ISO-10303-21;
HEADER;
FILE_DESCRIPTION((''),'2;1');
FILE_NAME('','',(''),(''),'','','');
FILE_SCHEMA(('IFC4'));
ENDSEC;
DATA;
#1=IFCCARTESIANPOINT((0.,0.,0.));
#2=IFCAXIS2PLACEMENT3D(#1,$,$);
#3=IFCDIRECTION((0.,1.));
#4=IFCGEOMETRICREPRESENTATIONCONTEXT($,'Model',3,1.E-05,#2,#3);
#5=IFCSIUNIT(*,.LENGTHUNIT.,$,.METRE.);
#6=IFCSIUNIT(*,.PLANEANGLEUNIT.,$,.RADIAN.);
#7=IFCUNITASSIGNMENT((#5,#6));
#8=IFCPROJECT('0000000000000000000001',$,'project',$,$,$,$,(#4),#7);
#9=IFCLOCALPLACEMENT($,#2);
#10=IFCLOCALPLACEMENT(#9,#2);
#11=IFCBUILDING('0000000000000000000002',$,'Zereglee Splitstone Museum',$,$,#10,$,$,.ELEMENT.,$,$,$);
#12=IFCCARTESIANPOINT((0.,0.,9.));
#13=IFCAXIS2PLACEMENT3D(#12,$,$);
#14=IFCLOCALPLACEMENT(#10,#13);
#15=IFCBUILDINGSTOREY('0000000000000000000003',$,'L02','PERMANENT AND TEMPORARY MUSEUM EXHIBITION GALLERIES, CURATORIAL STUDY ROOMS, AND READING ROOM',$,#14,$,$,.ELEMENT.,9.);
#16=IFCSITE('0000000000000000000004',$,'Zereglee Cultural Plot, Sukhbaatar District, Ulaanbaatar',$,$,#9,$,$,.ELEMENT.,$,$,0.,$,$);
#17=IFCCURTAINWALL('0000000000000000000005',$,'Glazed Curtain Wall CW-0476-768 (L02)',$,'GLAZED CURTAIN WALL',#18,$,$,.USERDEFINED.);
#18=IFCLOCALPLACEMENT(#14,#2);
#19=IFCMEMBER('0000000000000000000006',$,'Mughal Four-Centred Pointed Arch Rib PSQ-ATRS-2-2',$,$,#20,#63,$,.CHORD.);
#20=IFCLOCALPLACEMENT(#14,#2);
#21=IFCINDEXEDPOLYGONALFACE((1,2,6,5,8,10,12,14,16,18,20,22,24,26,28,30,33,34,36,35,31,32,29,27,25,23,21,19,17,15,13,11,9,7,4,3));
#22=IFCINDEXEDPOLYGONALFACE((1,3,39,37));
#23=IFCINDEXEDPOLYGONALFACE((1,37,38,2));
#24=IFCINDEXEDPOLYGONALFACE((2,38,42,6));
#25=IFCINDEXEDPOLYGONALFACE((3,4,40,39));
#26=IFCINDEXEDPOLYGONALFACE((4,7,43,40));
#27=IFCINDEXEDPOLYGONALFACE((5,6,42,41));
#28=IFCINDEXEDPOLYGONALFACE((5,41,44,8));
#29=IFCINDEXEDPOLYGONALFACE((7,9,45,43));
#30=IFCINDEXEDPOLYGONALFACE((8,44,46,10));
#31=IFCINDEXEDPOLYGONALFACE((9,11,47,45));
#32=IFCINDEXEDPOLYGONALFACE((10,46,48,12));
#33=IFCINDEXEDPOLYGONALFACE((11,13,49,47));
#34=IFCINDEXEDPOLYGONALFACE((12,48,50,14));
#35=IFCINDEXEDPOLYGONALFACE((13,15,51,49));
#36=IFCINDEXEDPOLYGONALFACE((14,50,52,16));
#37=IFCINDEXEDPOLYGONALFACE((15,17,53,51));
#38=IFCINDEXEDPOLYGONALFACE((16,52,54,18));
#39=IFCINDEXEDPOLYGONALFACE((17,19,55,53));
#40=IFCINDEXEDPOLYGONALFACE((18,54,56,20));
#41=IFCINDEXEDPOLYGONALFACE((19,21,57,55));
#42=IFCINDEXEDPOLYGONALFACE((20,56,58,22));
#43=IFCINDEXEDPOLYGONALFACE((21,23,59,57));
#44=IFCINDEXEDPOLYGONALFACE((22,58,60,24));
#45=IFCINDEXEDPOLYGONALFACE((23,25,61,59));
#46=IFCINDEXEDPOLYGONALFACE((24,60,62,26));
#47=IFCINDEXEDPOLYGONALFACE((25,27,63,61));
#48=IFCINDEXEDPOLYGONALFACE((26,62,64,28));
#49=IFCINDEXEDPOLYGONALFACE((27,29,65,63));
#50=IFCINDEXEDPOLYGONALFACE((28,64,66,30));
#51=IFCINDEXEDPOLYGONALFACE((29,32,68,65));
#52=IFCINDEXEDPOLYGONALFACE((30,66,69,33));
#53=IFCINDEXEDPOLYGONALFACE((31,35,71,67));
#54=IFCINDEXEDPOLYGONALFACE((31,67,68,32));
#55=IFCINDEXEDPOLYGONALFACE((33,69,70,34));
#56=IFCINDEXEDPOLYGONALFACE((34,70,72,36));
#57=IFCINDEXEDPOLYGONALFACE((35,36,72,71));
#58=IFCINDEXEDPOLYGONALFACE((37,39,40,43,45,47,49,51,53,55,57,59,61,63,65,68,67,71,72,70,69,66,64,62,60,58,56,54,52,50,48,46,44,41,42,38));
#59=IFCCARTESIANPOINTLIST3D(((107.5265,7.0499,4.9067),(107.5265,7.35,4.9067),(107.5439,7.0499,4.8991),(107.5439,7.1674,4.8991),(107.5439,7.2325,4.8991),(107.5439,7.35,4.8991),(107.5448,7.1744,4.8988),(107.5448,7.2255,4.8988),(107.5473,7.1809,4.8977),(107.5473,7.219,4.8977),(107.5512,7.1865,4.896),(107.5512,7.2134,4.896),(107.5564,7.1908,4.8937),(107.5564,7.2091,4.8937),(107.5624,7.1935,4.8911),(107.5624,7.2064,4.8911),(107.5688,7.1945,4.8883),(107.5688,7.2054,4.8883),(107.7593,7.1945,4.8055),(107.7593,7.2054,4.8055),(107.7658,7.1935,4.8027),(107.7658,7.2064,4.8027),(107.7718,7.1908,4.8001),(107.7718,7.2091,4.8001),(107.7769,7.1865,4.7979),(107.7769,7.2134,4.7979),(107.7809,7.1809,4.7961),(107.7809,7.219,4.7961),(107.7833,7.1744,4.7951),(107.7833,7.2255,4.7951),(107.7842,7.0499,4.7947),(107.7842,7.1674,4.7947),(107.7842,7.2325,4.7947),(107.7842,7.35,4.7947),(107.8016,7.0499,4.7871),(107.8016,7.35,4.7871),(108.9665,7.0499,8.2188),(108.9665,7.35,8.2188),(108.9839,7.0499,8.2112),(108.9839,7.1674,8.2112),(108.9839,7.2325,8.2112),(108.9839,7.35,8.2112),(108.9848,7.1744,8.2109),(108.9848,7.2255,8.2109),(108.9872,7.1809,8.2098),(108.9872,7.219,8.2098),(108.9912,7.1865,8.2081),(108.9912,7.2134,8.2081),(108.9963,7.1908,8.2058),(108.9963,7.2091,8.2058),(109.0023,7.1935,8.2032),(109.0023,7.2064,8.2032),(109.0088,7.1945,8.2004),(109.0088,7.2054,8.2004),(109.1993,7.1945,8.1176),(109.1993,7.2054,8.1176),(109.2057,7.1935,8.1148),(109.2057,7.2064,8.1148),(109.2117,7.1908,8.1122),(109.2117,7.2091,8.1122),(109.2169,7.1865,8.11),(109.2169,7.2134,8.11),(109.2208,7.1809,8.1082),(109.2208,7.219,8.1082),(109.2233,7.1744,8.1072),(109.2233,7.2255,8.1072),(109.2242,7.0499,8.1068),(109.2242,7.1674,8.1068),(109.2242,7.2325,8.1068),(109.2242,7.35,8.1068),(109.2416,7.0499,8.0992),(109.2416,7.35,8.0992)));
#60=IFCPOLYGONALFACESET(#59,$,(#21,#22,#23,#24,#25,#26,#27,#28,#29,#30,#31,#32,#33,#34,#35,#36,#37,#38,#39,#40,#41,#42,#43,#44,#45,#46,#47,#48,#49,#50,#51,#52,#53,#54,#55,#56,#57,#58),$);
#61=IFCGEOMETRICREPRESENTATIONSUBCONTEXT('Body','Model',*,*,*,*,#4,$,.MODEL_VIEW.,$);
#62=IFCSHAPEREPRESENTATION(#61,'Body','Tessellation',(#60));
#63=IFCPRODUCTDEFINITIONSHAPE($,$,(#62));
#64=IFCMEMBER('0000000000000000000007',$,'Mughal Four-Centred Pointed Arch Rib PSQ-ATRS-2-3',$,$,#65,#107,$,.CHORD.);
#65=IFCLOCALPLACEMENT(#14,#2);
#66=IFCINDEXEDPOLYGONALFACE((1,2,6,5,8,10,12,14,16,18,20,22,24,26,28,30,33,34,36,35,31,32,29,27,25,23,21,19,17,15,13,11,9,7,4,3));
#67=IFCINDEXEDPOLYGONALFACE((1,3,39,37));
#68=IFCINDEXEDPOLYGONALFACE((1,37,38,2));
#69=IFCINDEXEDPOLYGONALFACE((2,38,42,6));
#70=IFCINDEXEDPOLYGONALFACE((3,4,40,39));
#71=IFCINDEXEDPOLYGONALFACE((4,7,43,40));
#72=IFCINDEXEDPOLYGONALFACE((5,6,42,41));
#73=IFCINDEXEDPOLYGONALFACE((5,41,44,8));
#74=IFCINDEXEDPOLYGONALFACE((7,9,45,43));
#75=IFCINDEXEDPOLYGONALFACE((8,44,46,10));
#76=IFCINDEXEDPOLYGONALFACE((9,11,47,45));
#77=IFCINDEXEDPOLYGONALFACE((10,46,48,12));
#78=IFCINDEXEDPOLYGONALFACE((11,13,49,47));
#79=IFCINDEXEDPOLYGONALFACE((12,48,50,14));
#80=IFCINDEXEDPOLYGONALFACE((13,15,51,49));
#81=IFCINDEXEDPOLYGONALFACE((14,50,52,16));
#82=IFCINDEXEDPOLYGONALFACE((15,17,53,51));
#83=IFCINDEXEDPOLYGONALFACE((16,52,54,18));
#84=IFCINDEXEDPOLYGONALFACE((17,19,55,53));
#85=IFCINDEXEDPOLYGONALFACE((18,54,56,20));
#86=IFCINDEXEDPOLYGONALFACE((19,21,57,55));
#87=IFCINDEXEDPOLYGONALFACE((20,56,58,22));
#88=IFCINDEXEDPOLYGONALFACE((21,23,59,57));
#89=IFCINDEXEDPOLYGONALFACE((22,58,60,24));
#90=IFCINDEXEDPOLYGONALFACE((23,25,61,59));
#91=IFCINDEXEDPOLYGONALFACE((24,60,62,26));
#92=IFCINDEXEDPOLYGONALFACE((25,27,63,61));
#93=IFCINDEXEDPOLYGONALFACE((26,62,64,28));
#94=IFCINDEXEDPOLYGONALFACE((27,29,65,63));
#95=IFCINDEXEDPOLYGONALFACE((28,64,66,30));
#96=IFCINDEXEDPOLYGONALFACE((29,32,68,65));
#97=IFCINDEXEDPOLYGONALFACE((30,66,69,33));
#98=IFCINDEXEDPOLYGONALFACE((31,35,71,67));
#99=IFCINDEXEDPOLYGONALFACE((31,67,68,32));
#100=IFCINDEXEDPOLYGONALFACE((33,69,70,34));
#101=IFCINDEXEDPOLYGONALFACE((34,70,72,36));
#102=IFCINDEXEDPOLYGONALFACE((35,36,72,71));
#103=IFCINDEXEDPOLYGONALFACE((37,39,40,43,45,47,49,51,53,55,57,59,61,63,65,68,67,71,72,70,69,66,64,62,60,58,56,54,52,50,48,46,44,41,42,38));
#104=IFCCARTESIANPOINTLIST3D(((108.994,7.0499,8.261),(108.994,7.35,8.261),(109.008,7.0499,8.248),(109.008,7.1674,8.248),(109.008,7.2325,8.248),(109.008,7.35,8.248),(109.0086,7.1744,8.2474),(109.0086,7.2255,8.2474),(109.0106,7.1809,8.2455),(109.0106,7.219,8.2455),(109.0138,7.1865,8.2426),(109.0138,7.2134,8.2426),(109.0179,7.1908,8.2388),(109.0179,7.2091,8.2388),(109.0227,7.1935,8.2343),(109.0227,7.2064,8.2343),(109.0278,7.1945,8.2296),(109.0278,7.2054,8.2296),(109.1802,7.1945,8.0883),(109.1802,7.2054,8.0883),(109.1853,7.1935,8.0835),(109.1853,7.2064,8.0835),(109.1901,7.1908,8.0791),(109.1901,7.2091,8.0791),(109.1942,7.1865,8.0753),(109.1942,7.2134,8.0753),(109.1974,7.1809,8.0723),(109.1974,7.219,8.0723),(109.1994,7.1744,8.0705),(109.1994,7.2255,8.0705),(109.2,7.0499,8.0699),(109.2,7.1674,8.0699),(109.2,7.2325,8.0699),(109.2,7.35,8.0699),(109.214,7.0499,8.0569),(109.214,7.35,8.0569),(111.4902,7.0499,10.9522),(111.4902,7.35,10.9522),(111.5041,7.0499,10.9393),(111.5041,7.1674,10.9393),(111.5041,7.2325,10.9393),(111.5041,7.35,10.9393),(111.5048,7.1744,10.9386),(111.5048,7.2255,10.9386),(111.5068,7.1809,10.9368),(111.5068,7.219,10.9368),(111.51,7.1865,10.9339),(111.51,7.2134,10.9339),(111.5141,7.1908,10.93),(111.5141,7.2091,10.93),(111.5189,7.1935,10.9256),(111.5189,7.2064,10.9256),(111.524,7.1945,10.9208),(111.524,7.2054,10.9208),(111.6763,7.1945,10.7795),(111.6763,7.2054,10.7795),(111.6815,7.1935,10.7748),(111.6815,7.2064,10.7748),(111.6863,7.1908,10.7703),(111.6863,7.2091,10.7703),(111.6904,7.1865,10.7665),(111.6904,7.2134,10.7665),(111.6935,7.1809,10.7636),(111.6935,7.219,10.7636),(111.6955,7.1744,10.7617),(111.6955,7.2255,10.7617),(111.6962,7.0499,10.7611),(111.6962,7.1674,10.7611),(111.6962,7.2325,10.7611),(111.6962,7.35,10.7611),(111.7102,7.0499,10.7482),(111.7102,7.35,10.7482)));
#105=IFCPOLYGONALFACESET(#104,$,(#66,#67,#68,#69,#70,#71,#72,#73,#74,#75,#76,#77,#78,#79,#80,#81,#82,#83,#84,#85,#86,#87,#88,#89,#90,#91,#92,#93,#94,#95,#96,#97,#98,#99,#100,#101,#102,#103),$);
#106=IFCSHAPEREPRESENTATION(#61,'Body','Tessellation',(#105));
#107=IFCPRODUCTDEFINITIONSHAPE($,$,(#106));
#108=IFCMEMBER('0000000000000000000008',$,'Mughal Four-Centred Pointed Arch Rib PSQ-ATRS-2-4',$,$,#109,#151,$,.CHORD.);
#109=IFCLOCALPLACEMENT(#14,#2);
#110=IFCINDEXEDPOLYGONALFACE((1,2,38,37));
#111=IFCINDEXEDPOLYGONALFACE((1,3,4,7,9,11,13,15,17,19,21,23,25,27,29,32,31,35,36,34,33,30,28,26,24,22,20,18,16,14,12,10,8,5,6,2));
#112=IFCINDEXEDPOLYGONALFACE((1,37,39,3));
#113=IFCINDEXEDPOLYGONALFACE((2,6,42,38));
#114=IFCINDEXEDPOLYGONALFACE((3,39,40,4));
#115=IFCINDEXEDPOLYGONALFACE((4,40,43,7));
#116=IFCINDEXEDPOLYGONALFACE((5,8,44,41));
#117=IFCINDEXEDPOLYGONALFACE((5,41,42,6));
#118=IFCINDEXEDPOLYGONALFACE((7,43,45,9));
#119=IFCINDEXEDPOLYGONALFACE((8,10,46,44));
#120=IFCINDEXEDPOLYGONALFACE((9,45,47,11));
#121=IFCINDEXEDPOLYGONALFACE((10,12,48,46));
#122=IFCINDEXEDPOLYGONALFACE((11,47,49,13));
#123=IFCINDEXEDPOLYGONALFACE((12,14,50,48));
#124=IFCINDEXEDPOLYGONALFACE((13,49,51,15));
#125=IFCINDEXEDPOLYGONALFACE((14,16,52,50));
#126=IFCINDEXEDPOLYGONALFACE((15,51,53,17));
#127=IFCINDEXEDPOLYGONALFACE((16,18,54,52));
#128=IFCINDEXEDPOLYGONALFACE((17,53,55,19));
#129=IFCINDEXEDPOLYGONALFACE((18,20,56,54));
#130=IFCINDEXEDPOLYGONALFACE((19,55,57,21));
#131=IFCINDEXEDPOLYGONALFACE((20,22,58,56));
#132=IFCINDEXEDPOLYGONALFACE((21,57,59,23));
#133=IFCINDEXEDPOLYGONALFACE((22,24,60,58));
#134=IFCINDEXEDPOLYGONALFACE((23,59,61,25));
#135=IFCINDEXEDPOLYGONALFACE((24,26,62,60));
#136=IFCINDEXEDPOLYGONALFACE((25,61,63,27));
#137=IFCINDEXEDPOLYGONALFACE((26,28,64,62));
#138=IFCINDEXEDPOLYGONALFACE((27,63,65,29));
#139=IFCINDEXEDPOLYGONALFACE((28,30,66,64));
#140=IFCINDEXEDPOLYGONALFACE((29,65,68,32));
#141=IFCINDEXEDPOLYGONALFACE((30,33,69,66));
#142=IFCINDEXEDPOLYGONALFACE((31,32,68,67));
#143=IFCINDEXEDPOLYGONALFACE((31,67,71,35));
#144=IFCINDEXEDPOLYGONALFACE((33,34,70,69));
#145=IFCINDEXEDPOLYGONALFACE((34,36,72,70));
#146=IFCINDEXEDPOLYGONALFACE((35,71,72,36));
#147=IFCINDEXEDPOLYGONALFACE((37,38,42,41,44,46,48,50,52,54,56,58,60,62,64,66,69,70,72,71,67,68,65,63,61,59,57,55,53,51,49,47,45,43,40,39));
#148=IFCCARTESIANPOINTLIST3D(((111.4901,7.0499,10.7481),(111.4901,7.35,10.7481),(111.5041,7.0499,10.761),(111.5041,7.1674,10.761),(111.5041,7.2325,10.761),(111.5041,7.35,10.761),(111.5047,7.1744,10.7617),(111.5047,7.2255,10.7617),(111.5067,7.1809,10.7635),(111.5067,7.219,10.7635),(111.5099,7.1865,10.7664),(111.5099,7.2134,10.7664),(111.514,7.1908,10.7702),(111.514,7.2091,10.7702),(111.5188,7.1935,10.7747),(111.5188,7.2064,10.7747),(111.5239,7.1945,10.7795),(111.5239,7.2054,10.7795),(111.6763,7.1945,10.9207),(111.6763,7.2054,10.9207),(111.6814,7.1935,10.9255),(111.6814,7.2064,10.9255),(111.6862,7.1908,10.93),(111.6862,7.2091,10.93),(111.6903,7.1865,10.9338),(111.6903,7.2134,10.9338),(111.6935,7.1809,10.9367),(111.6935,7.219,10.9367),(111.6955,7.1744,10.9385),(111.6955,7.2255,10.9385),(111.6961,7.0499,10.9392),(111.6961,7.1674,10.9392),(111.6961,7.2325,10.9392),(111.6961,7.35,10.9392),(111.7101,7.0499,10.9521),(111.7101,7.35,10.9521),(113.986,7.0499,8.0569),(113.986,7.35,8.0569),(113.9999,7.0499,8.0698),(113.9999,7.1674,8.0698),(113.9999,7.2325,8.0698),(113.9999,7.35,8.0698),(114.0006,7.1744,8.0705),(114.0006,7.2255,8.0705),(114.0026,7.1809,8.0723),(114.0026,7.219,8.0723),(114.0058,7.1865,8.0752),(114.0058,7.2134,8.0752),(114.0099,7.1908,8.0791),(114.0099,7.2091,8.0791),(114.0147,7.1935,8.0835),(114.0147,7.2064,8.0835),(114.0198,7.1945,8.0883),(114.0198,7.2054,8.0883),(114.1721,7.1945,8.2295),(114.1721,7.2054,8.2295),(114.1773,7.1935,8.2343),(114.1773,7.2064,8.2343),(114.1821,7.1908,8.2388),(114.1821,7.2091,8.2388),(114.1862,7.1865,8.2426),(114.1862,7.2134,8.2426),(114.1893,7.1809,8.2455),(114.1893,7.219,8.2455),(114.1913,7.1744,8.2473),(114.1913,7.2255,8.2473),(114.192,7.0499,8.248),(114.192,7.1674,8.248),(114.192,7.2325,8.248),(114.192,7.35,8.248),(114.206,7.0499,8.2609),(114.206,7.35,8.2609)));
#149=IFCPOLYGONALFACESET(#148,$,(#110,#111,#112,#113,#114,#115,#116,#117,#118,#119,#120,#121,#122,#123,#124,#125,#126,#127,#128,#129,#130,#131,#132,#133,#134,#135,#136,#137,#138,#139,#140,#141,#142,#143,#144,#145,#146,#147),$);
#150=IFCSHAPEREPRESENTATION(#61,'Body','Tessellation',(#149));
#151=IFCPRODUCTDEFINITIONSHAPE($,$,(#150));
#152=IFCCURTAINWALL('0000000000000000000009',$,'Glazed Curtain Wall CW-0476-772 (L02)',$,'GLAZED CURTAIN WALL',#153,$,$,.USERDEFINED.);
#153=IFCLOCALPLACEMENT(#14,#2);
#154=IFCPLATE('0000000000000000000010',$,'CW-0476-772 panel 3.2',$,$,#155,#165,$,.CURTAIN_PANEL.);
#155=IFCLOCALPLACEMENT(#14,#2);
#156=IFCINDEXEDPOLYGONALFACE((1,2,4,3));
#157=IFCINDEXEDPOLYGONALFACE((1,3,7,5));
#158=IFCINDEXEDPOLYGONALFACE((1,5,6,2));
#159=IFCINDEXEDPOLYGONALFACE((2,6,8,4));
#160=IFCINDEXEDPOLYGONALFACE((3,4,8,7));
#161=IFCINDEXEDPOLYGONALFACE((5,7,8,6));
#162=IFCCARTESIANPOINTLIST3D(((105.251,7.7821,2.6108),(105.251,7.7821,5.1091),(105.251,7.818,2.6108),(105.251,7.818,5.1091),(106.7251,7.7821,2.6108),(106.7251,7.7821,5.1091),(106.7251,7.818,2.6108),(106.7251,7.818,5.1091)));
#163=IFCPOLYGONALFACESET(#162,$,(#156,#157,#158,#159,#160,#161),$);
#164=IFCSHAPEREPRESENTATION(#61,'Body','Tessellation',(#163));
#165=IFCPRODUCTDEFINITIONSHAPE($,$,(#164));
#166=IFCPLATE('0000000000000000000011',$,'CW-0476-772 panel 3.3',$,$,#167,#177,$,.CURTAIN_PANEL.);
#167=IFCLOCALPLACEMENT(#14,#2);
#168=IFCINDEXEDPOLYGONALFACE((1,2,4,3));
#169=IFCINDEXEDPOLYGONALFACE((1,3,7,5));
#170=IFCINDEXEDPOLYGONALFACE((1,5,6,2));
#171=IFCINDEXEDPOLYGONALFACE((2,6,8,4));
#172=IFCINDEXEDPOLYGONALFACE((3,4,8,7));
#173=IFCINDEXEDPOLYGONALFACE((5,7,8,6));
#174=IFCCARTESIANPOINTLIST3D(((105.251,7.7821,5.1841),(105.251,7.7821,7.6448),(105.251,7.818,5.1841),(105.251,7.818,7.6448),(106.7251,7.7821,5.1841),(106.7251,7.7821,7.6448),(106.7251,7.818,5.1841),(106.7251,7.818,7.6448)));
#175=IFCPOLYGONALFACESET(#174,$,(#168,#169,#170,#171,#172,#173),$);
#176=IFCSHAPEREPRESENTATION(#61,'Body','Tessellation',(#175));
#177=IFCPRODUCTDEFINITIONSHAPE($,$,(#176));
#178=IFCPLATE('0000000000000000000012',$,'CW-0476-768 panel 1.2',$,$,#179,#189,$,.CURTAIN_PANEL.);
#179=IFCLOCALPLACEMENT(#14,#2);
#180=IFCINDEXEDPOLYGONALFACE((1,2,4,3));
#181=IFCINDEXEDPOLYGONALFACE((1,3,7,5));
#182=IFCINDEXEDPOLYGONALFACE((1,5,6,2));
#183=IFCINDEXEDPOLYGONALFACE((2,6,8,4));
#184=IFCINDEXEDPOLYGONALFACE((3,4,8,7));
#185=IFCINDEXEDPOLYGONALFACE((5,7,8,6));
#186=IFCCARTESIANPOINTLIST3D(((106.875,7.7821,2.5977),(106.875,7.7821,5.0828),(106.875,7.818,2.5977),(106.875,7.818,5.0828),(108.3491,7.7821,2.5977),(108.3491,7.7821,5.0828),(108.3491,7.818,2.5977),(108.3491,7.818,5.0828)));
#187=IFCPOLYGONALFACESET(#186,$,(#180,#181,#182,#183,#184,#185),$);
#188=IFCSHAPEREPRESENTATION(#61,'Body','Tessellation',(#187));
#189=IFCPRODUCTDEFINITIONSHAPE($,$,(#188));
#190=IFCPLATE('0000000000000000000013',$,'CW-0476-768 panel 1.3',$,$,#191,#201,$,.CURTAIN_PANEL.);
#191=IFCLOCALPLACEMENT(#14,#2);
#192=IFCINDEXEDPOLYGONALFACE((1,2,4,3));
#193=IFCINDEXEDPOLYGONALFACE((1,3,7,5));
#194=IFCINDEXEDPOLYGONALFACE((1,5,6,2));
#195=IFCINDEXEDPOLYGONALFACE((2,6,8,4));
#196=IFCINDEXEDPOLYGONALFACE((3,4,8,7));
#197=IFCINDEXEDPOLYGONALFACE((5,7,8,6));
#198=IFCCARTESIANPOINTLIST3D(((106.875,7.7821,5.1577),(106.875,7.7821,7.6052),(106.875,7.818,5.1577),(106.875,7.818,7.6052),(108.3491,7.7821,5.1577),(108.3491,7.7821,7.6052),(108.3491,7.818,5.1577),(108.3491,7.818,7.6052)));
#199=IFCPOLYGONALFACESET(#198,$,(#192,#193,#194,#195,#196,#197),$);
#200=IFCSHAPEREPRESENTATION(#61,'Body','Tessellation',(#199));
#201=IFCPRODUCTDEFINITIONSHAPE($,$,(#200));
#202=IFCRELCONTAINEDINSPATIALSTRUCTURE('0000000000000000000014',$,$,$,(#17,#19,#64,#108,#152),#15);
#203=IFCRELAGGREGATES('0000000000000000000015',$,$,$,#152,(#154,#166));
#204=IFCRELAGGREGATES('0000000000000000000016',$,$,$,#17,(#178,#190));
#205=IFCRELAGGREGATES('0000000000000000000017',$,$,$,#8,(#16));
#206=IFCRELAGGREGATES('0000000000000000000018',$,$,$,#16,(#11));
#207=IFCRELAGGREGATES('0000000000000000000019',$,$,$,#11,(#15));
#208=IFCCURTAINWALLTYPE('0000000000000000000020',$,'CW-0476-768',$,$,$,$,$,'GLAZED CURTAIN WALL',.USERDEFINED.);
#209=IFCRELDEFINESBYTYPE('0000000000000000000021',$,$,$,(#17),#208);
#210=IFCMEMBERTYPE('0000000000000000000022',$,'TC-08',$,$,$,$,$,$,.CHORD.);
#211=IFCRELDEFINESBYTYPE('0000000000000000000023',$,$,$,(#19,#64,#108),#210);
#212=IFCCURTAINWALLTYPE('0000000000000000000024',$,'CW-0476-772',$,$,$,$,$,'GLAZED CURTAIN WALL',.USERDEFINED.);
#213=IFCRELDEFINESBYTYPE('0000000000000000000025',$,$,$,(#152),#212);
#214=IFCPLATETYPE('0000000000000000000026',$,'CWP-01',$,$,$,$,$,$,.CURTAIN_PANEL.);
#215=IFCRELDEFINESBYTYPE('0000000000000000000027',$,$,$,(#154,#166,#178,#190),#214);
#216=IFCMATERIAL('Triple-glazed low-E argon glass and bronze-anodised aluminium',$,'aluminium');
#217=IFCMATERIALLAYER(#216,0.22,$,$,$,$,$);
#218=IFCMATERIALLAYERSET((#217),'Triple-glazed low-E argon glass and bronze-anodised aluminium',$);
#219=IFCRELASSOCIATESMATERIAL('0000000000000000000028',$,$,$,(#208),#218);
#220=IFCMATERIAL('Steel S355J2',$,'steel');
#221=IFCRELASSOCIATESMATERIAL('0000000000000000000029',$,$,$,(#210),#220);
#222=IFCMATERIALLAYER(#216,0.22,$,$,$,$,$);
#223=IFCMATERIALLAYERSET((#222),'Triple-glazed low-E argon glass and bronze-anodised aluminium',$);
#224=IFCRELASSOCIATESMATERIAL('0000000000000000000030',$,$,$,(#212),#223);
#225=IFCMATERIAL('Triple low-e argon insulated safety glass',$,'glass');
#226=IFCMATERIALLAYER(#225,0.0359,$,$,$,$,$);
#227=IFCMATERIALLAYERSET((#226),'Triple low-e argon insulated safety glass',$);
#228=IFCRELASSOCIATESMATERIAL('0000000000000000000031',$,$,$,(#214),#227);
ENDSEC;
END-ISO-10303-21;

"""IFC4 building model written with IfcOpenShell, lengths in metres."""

from ifc_helpers import new_model, si_unit, direction, frame, origin, origin_2d, place, context, subcontext, project, spatial, rectangle, i_section, extrude, material, layer, layer_set, material_profile, profile_set, type_object, element, aggregate, save


model = new_model("IFC4")

# Units and contexts
model_context = context("Model", 3, precision=1e-05, world=origin(), true_north=direction((0.0, 1.0)))
body_context = subcontext(model_context, "Body", "Model", "MODEL_VIEW")
ifc_project = project(units=[si_unit("LENGTHUNIT", "METRE"), si_unit("PLANEANGLEUNIT", "RADIAN")], contexts=[model_context])

# Site, building, storey
site_placement = place(None, origin())
site = spatial("IfcSite", under=ifc_project, at=site_placement, Name="Zereglee Cultural Plot, Sukhbaatar District, Ulaanbaatar", CompositionType="ELEMENT", RefElevation=0.0)
building_placement = place(site_placement, origin())
building = spatial("IfcBuilding", under=site, at=building_placement, Name="Zereglee Splitstone Museum", CompositionType="ELEMENT")
storey_placement = place(building_placement, frame((0.0, 0.0, 9.0)))
storey = spatial("IfcBuildingStorey", under=building, at=storey_placement, Name="L02", Description="PERMANENT AND TEMPORARY MUSEUM EXHIBITION GALLERIES, CURATORIAL STUDY ROOMS, AND READING ROOM", CompositionType="ELEMENT", Elevation=9.0)

# Curtain wall
ifc_material_1 = material(Name="Triple-glazed low-E argon glass and bronze-anodised aluminium", Category="aluminium")
ifc_layer_1 = layer(ifc_material_1, 0.22)
ifc_layer_set_1 = layer_set([ifc_layer_1], Name="Triple-glazed low-E argon glass and bronze-anodised aluminium")
curtain_wall_type_1 = type_object("IfcCurtainWallType", Name="CW-0476-768", ElementType="GLAZED CURTAIN WALL", PredefinedType="USERDEFINED", material=ifc_layer_set_1)
curtain_wall_1_placement = place(storey_placement, origin())
curtain_wall_1 = element("IfcCurtainWall", 1, at=curtain_wall_1_placement, inside=storey, type_object=curtain_wall_type_1, Name="Glazed Curtain Wall CW-0476-768 (L02)", ObjectType="GLAZED CURTAIN WALL", PredefinedType="USERDEFINED")

# Members
ifc_material_2 = material(Name="Steel S355J2", Category="steel")
ifc_material_profile_1 = material_profile(ifc_material_2, i_section(OverallWidth=0.3, OverallDepth=0.3, WebThickness=0.011, FlangeThickness=0.019, FilletRadius=0.0271, at=origin_2d()), Name="HE 300 B")
ifc_profile_set_1 = profile_set([ifc_material_profile_1], Name="Steel S355J2")
member_type_1 = type_object("IfcMemberType", Name="TC-08", PredefinedType="CHORD", material=ifc_profile_set_1)
member_1_placement = place(storey_placement, frame((107.6641, 7.2, 4.8469), z_axis=(0.398711, 0.0, 0.917077), x_axis=(0.0, 1.0, 0.0)))
element("IfcMember", 2, at=member_1_placement, inside=storey, type_object=member_type_1, Name="Mughal Four-Centred Pointed Arch Rib PSQ-ATRS-2-2", PredefinedType="CHORD", context=body_context, shape_type="SweptSolid", body=[
    extrude(i_section(OverallWidth=0.3, OverallDepth=0.3, WebThickness=0.011, FlangeThickness=0.019, FilletRadius=0.0271, at=origin_2d()), origin(), (0.0, 0.0, 1.0), 3.6116),
])
member_2_placement = place(storey_placement, frame((109.104, 7.2, 8.1589), z_axis=(0.680035, 0.0, 0.73318), x_axis=(0.0, 1.0, 0.0)))
element("IfcMember", 3, at=member_2_placement, inside=storey, type_object=member_type_1, Name="Mughal Four-Centred Pointed Arch Rib PSQ-ATRS-2-3", PredefinedType="CHORD", context=body_context, shape_type="SweptSolid", body=[
    extrude(i_section(OverallWidth=0.3, OverallDepth=0.3, WebThickness=0.011, FlangeThickness=0.019, FilletRadius=0.0271, at=origin_2d()), origin(), (0.0, 0.0, 1.0), 3.6707),
])
member_3_placement = place(storey_placement, frame((111.6001, 7.2, 10.8501), z_axis=(0.679999, 0.0, -0.733213), x_axis=(0.0, 1.0, 0.0)))
element("IfcMember", 4, at=member_3_placement, inside=storey, type_object=member_type_1, Name="Mughal Four-Centred Pointed Arch Rib PSQ-ATRS-2-4", PredefinedType="CHORD", context=body_context, shape_type="SweptSolid", body=[
    extrude(i_section(OverallWidth=0.3, OverallDepth=0.3, WebThickness=0.011, FlangeThickness=0.019, FilletRadius=0.0271, at=origin_2d()), origin(), (0.0, 0.0, 1.0), 3.6704),
])

# Curtain wall, plates
ifc_layer_2 = layer(ifc_material_1, 0.22)
ifc_layer_set_2 = layer_set([ifc_layer_2], Name="Triple-glazed low-E argon glass and bronze-anodised aluminium")
curtain_wall_type_2 = type_object("IfcCurtainWallType", Name="CW-0476-772", ElementType="GLAZED CURTAIN WALL", PredefinedType="USERDEFINED", material=ifc_layer_set_2)
curtain_wall_2_placement = place(storey_placement, origin())
curtain_wall_2 = element("IfcCurtainWall", 5, at=curtain_wall_2_placement, inside=storey, type_object=curtain_wall_type_2, Name="Glazed Curtain Wall CW-0476-772 (L02)", ObjectType="GLAZED CURTAIN WALL", PredefinedType="USERDEFINED")
ifc_material_3 = material(Name="Triple low-e argon insulated safety glass", Category="glass")
ifc_layer_3 = layer(ifc_material_3, 0.0359)
ifc_layer_set_3 = layer_set([ifc_layer_3], Name="Triple low-e argon insulated safety glass")
plate_type = type_object("IfcPlateType", Name="CWP-01", PredefinedType="CURTAIN_PANEL", material=ifc_layer_set_3)
plate_1_placement = place(storey_placement, frame((105.988, 7.8, 2.6108), z_axis=(0.0, 0.0, 1.0), x_axis=(1.0, 0.0, 0.0)))
plate_1 = element("IfcPlate", 6, at=plate_1_placement, type_object=plate_type, Name="CW-0476-772 panel 3.2", PredefinedType="CURTAIN_PANEL", context=body_context, shape_type="SweptSolid", body=[
    extrude(rectangle(XDim=1.4741, YDim=0.0359, at=origin_2d()), origin(), (0.0, 0.0, 1.0), 2.4983),
])
plate_2_placement = place(storey_placement, frame((105.988, 7.8, 5.1841), z_axis=(0.0, 0.0, 1.0), x_axis=(1.0, 0.0, 0.0)))
plate_2 = element("IfcPlate", 7, at=plate_2_placement, type_object=plate_type, Name="CW-0476-772 panel 3.3", PredefinedType="CURTAIN_PANEL", context=body_context, shape_type="SweptSolid", body=[
    extrude(rectangle(XDim=1.4741, YDim=0.0359, at=origin_2d()), origin(), (0.0, 0.0, 1.0), 2.4607),
])
aggregate(curtain_wall_2, [plate_1, plate_2])

# Plates
plate_3_placement = place(storey_placement, frame((107.6121, 7.8, 2.5977), z_axis=(0.0, 0.0, 1.0), x_axis=(1.0, 0.0, 0.0)))
plate_3 = element("IfcPlate", 8, at=plate_3_placement, type_object=plate_type, Name="CW-0476-768 panel 1.2", PredefinedType="CURTAIN_PANEL", context=body_context, shape_type="SweptSolid", body=[
    extrude(rectangle(XDim=1.4741, YDim=0.0359, at=origin_2d()), origin(), (0.0, 0.0, 1.0), 2.4851),
])
plate_4_placement = place(storey_placement, frame((107.6121, 7.8, 5.1577), z_axis=(0.0, 0.0, 1.0), x_axis=(1.0, 0.0, 0.0)))
plate_4 = element("IfcPlate", 9, at=plate_4_placement, type_object=plate_type, Name="CW-0476-768 panel 1.3", PredefinedType="CURTAIN_PANEL", context=body_context, shape_type="SweptSolid", body=[
    extrude(rectangle(XDim=1.4741, YDim=0.0359, at=origin_2d()), origin(), (0.0, 0.0, 1.0), 2.4475),
])
aggregate(curtain_wall_1, [plate_3, plate_4])

save(model, "model.ifc")
